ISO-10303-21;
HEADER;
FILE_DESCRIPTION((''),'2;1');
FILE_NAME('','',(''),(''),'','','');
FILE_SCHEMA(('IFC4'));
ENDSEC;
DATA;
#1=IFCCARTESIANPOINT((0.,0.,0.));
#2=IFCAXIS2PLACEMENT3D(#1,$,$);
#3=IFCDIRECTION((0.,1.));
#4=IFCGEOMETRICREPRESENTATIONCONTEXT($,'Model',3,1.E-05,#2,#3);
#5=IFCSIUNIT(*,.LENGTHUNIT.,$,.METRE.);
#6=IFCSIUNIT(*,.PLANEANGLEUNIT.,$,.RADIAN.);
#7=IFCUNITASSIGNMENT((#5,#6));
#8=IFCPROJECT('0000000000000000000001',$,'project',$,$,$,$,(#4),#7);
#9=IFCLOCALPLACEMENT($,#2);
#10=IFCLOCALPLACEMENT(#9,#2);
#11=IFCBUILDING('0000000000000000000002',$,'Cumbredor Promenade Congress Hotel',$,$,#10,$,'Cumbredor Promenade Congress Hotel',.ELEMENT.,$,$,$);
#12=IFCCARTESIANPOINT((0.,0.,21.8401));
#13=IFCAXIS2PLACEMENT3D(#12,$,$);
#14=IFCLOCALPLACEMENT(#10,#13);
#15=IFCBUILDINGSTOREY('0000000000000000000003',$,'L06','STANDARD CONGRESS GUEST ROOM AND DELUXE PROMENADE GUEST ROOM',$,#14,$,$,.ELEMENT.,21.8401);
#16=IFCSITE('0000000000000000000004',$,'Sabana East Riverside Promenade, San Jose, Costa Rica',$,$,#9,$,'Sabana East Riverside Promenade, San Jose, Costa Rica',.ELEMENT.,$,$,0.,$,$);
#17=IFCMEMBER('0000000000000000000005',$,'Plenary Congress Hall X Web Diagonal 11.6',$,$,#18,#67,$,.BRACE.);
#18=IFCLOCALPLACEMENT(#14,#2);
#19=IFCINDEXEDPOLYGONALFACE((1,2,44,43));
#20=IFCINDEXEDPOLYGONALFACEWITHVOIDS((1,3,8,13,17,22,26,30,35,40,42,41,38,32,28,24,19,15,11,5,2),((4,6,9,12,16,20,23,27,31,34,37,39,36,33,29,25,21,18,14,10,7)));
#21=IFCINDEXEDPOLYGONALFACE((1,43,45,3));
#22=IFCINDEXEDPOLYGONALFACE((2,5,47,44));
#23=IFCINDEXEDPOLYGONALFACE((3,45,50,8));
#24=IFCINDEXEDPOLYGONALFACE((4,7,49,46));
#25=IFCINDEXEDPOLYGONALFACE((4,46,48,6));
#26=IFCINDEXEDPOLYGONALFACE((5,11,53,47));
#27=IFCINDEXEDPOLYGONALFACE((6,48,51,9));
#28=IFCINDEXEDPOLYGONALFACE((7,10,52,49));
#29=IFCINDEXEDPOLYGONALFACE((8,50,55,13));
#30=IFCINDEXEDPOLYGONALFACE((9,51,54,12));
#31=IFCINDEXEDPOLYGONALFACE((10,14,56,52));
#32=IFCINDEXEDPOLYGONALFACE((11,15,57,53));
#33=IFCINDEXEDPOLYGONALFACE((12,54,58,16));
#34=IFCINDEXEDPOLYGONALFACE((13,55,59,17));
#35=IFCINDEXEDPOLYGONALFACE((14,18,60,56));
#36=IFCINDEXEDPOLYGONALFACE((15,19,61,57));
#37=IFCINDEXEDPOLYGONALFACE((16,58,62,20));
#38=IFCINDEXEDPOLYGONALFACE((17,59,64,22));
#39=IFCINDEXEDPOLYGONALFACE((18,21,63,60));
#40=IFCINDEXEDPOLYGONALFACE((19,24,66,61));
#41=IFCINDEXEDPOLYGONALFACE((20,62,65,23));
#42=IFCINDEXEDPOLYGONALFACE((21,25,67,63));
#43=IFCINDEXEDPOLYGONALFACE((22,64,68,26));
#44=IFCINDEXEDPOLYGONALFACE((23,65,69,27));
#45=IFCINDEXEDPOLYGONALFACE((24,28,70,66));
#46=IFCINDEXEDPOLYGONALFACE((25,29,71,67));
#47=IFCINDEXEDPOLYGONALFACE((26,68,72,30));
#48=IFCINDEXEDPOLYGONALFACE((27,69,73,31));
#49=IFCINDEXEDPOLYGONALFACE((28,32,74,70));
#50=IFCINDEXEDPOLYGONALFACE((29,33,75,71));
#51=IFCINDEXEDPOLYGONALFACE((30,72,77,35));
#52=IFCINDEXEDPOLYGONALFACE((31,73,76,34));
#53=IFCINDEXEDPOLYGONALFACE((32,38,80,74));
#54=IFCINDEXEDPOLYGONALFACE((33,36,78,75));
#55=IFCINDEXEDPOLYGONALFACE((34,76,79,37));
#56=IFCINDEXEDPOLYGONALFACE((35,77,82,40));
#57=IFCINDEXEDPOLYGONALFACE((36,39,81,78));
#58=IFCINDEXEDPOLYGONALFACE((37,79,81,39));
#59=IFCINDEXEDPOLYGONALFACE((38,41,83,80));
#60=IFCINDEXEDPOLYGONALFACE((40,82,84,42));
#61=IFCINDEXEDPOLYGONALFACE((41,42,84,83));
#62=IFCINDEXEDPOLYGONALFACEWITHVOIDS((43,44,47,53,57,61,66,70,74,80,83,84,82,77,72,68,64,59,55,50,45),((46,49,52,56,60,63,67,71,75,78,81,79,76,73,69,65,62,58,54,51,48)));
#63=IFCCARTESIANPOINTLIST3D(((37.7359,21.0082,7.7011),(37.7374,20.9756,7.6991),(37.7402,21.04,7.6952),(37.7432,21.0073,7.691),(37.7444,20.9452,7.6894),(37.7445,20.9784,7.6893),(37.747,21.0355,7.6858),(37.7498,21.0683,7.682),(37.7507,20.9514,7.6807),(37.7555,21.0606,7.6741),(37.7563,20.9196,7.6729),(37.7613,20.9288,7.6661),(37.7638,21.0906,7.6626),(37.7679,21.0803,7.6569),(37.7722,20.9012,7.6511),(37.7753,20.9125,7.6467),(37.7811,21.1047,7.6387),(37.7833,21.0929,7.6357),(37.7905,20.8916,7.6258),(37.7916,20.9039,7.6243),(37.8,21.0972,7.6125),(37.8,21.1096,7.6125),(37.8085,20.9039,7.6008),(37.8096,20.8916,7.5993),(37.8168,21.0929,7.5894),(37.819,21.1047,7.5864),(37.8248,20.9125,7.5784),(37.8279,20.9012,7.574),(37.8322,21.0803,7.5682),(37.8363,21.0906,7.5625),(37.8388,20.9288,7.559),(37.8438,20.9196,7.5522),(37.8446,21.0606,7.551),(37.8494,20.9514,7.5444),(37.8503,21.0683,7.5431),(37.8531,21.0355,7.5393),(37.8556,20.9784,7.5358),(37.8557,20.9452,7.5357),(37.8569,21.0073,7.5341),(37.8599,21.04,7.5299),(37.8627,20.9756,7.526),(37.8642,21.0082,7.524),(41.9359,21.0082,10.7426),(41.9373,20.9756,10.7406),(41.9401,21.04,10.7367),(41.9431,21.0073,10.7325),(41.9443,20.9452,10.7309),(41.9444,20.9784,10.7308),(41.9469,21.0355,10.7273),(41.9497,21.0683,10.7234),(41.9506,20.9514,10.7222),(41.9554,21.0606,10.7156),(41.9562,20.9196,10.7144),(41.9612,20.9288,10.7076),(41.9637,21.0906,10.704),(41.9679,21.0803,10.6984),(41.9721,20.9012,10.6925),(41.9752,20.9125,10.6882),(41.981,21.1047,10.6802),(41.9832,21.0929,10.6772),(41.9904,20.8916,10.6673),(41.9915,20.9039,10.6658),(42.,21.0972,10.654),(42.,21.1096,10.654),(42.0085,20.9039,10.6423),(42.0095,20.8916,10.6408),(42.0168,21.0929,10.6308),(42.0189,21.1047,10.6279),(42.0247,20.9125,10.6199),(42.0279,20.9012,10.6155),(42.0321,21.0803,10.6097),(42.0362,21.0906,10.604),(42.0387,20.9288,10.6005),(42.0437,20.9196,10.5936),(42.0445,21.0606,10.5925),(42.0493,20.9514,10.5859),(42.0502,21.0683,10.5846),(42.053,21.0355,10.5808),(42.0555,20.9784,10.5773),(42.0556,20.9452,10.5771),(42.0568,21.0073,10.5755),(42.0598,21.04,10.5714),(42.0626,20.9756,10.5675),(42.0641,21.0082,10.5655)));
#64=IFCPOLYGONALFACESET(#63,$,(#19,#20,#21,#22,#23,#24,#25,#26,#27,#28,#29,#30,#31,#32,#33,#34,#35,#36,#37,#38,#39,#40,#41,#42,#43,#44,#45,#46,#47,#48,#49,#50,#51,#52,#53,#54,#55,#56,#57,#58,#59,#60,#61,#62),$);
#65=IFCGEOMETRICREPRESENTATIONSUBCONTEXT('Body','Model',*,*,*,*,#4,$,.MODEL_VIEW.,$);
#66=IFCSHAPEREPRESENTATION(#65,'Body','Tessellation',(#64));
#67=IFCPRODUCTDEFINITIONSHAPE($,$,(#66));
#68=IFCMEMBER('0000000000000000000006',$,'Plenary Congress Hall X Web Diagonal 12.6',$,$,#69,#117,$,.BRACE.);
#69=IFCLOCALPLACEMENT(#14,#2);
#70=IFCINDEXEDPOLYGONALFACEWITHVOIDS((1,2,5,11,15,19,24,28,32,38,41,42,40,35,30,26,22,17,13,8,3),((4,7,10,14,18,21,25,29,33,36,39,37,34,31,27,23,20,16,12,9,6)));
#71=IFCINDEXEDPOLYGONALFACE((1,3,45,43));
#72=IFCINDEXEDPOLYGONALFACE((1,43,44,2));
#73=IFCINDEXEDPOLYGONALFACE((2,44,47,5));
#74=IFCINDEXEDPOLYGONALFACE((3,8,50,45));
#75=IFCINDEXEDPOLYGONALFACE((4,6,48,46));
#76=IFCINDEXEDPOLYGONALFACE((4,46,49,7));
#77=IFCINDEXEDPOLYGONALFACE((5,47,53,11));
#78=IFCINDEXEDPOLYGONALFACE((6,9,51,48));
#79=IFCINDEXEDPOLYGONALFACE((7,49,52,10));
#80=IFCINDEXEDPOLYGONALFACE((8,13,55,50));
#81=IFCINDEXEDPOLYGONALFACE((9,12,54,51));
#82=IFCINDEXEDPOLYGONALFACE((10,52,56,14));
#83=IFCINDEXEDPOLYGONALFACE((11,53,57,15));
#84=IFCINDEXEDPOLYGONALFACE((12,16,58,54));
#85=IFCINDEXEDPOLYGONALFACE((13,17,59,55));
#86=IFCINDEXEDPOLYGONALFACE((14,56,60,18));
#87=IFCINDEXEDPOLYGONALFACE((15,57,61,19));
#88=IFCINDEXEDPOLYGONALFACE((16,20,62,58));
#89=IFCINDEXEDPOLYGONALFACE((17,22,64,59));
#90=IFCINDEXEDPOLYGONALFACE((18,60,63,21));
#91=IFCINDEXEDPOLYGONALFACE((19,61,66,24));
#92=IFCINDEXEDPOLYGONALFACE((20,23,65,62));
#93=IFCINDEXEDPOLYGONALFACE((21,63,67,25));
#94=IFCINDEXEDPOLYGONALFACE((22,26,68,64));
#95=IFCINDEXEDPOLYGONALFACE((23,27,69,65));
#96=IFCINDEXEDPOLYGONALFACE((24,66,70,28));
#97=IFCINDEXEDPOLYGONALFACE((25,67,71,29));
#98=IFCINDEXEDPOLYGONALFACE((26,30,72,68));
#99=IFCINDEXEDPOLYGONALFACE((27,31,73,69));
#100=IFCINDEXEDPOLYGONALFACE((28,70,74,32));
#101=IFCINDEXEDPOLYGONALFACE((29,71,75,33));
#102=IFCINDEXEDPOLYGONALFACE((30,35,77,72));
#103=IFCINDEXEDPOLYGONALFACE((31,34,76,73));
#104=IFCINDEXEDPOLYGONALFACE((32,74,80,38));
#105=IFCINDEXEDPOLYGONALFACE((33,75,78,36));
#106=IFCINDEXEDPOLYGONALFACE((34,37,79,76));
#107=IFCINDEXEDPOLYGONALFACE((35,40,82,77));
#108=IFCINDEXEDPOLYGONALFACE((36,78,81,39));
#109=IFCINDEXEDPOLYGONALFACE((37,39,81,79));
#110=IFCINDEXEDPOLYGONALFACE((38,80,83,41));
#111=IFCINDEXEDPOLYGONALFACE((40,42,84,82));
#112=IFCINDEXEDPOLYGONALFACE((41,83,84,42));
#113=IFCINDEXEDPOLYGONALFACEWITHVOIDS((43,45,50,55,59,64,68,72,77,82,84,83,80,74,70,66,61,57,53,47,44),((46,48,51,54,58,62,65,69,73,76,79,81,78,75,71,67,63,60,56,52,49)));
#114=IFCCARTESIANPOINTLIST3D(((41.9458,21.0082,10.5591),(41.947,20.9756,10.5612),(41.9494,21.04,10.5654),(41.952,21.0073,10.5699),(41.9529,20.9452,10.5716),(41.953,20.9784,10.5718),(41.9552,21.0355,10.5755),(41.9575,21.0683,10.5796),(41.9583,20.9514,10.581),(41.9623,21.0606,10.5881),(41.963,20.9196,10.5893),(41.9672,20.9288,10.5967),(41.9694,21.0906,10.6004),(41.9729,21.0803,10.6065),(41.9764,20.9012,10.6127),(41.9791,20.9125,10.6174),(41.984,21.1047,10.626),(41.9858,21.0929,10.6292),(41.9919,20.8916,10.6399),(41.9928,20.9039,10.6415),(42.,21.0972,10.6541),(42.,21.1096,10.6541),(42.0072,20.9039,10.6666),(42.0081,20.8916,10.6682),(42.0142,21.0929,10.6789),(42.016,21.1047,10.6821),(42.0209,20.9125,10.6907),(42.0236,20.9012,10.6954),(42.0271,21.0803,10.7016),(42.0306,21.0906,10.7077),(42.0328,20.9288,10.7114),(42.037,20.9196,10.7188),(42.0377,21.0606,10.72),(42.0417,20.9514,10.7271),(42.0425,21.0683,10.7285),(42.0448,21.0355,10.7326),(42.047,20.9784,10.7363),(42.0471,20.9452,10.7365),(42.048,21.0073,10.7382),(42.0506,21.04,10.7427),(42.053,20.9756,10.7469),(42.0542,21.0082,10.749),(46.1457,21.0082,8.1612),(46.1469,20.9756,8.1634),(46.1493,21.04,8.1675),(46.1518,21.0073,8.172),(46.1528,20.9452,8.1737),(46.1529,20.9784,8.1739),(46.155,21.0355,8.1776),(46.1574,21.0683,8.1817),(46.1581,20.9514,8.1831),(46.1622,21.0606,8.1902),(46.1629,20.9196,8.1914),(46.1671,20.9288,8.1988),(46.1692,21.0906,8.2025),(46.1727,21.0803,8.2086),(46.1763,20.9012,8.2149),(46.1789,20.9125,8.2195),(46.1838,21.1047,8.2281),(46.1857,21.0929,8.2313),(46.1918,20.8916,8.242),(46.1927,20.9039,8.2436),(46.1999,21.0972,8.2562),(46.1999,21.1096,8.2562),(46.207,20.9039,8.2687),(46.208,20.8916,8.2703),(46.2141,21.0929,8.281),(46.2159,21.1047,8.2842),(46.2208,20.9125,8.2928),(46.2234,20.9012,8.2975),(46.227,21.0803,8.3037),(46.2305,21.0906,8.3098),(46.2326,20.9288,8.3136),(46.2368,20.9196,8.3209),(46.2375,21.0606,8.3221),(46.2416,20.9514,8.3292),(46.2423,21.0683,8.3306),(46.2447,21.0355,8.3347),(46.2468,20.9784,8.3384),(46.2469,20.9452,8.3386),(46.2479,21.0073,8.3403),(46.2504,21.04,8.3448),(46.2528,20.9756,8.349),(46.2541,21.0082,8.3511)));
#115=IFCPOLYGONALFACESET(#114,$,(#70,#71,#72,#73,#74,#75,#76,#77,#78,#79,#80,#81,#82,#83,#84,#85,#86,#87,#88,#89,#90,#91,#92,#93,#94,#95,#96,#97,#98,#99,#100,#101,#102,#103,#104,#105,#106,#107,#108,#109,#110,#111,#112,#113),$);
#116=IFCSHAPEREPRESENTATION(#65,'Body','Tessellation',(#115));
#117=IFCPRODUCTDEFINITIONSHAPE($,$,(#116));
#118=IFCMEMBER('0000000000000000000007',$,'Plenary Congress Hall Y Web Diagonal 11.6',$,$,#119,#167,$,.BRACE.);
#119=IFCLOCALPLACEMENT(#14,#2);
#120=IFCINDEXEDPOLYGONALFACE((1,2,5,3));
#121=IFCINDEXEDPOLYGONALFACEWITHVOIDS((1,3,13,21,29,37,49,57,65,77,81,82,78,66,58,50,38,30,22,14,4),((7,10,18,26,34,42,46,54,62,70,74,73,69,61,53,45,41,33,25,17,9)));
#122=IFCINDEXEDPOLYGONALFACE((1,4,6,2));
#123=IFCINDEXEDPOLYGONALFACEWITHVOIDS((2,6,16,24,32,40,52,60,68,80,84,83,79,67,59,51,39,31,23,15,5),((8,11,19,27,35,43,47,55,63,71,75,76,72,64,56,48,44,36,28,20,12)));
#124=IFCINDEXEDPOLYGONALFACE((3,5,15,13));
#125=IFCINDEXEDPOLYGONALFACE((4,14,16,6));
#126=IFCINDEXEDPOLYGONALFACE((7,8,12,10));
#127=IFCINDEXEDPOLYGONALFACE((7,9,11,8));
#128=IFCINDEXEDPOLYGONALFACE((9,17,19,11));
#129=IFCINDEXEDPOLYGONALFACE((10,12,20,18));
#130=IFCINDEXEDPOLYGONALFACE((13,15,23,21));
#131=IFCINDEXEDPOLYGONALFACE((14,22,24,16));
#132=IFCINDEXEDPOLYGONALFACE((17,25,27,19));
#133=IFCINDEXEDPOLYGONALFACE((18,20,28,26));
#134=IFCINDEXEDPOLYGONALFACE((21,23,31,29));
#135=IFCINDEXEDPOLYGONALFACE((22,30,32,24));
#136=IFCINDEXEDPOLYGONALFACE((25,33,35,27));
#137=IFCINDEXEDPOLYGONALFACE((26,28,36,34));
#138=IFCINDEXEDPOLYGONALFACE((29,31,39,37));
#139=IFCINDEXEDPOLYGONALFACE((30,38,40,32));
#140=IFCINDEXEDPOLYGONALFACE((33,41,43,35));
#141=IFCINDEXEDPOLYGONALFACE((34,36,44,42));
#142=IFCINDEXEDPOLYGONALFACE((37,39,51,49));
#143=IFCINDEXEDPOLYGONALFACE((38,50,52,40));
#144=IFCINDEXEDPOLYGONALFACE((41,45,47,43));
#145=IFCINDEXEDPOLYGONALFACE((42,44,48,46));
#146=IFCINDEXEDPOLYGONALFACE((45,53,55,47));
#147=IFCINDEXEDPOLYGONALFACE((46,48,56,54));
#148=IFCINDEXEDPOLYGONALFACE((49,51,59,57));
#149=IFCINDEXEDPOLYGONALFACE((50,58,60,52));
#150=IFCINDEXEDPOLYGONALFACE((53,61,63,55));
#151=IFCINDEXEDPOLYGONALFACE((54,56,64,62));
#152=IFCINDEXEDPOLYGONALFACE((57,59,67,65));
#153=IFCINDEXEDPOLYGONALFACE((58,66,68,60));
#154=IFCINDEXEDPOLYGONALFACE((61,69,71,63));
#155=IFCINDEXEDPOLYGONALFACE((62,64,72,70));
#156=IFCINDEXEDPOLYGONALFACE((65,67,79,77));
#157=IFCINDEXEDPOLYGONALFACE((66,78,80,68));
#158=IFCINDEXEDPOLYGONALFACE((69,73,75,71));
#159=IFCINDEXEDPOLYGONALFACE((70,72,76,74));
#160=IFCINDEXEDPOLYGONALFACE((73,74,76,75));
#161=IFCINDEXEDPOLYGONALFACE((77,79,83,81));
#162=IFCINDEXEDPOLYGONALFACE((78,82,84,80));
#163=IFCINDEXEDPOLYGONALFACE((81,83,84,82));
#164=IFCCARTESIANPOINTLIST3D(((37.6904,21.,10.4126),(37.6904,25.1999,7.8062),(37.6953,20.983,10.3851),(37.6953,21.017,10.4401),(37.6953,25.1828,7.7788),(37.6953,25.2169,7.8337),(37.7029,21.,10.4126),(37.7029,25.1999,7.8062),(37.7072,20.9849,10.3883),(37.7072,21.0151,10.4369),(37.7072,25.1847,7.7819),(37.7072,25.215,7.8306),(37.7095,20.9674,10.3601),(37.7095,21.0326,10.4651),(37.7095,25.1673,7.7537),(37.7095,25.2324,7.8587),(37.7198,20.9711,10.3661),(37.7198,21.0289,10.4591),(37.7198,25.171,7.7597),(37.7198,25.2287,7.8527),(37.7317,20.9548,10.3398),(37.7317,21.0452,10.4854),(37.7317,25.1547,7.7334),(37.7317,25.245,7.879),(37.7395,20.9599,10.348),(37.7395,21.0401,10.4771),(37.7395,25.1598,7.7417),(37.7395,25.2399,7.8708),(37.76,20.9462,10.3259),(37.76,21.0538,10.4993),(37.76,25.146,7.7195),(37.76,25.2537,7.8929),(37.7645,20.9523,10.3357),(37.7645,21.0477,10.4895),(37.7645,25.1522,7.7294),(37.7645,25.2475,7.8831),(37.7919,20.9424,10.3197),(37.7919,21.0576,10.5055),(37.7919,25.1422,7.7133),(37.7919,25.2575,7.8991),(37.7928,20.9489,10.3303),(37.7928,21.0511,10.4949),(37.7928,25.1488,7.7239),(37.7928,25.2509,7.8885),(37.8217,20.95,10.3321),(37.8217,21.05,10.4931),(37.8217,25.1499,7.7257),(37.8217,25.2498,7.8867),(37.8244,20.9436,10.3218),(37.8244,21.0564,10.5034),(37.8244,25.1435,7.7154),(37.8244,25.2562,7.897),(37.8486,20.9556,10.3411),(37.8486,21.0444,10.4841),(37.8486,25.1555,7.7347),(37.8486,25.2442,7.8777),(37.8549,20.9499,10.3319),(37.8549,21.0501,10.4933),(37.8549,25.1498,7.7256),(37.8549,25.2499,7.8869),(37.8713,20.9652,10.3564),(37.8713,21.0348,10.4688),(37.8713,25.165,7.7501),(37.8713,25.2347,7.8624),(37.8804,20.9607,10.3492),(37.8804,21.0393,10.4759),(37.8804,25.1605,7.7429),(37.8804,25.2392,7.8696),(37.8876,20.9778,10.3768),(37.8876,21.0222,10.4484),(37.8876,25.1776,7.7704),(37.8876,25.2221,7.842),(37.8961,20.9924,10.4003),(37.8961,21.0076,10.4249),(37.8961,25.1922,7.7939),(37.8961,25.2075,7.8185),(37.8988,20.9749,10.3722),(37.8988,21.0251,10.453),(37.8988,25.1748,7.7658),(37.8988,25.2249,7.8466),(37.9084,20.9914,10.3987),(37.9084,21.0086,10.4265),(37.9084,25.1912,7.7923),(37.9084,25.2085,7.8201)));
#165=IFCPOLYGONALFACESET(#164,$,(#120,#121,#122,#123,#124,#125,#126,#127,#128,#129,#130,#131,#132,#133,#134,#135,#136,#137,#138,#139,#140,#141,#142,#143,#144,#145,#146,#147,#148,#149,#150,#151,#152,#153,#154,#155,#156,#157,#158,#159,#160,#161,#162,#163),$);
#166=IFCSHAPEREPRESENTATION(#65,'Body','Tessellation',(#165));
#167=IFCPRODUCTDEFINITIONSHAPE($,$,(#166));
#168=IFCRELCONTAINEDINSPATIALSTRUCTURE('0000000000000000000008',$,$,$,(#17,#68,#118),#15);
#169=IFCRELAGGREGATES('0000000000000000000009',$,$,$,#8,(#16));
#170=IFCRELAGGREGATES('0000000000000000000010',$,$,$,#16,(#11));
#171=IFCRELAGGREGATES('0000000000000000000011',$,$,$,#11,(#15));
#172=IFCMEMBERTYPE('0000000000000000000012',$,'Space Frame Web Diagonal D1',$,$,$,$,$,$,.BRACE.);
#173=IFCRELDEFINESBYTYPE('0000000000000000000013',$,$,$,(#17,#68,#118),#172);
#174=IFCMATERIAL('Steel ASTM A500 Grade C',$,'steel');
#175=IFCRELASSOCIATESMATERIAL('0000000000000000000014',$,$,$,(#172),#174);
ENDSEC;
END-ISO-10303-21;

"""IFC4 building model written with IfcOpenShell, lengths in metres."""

from ifc_helpers import new_model, si_unit, direction, frame, origin, origin_2d, place, context, subcontext, project, spatial, hollow_circle, extrude, material, material_profile, profile_set, type_object, element, save


model = new_model("IFC4")

# Units and contexts
model_context = context("Model", 3, precision=1e-05, world=origin(), true_north=direction((0.0, 1.0)))
body_context = subcontext(model_context, "Body", "Model", "MODEL_VIEW")
ifc_project = project(units=[si_unit("LENGTHUNIT", "METRE"), si_unit("PLANEANGLEUNIT", "RADIAN")], contexts=[model_context])

# Site, building, storey
site_placement = place(None, origin())
site = spatial("IfcSite", under=ifc_project, at=site_placement, Name="Sabana East Riverside Promenade, San Jose, Costa Rica", LongName="Sabana East Riverside Promenade, San Jose, Costa Rica", CompositionType="ELEMENT", RefElevation=0.0)
building_placement = place(site_placement, origin())
building = spatial("IfcBuilding", under=site, at=building_placement, Name="Cumbredor Promenade Congress Hotel", LongName="Cumbredor Promenade Congress Hotel", CompositionType="ELEMENT")
storey_placement = place(building_placement, frame((0.0, 0.0, 21.8401)))
storey = spatial("IfcBuildingStorey", under=building, at=storey_placement, Name="L06", Description="STANDARD CONGRESS GUEST ROOM AND DELUXE PROMENADE GUEST ROOM", CompositionType="ELEMENT", Elevation=21.8401)

# Members
ifc_material_1 = material(Name="Steel ASTM A500 Grade C", Category="steel")
ifc_material_profile_1 = material_profile(ifc_material_1, hollow_circle(Radius=0.1096, WallThickness=0.0125, at=origin_2d()), Name="CHS 219.1x12.5")
ifc_profile_set_1 = profile_set([ifc_material_profile_1], Name="Steel ASTM A500 Grade C")
member_type_1 = type_object("IfcMemberType", Name="Space Frame Web Diagonal D1", PredefinedType="BRACE", material=ifc_profile_set_1)
member_1_placement = place(storey_placement, frame((37.8, 21.0, 7.6125), z_axis=(0.809927, 0.0, 0.58653), x_axis=(0.0, 1.0, 0.0)))
element("IfcMember", 1, at=member_1_placement, inside=storey, type_object=member_type_1, Name="Plenary Congress Hall X Web Diagonal 11.6", PredefinedType="BRACE", context=body_context, shape_type="SweptSolid", body=[
    extrude(hollow_circle(Radius=0.1096, WallThickness=0.0125, at=origin_2d()), origin(), (0.0, 0.0, 1.0), 5.1855),
])
member_2_placement = place(storey_placement, frame((42.0, 21.0, 10.6541), z_axis=(0.868423, 0.0, -0.495824), x_axis=(0.0, 1.0, 0.0)))
element("IfcMember", 2, at=member_2_placement, inside=storey, type_object=member_type_1, Name="Plenary Congress Hall X Web Diagonal 12.6", PredefinedType="BRACE", context=body_context, shape_type="SweptSolid", body=[
    extrude(hollow_circle(Radius=0.1096, WallThickness=0.0125, at=origin_2d()), origin(), (0.0, 0.0, 1.0), 4.8362),
])
member_3_placement = place(storey_placement, frame((37.8, 21.0, 10.4126), z_axis=(0.0, 0.849678, -0.527301), x_axis=(-1.0, 0.0, 0.0)))
element("IfcMember", 3, at=member_3_placement, inside=storey, type_object=member_type_1, Name="Plenary Congress Hall Y Web Diagonal 11.6", PredefinedType="BRACE", context=body_context, shape_type="SweptSolid", body=[
    extrude(hollow_circle(Radius=0.1096, WallThickness=0.0125, at=origin_2d()), origin(), (0.0, 0.0, 1.0), 4.9429),
])

save(model, "model.ifc")
